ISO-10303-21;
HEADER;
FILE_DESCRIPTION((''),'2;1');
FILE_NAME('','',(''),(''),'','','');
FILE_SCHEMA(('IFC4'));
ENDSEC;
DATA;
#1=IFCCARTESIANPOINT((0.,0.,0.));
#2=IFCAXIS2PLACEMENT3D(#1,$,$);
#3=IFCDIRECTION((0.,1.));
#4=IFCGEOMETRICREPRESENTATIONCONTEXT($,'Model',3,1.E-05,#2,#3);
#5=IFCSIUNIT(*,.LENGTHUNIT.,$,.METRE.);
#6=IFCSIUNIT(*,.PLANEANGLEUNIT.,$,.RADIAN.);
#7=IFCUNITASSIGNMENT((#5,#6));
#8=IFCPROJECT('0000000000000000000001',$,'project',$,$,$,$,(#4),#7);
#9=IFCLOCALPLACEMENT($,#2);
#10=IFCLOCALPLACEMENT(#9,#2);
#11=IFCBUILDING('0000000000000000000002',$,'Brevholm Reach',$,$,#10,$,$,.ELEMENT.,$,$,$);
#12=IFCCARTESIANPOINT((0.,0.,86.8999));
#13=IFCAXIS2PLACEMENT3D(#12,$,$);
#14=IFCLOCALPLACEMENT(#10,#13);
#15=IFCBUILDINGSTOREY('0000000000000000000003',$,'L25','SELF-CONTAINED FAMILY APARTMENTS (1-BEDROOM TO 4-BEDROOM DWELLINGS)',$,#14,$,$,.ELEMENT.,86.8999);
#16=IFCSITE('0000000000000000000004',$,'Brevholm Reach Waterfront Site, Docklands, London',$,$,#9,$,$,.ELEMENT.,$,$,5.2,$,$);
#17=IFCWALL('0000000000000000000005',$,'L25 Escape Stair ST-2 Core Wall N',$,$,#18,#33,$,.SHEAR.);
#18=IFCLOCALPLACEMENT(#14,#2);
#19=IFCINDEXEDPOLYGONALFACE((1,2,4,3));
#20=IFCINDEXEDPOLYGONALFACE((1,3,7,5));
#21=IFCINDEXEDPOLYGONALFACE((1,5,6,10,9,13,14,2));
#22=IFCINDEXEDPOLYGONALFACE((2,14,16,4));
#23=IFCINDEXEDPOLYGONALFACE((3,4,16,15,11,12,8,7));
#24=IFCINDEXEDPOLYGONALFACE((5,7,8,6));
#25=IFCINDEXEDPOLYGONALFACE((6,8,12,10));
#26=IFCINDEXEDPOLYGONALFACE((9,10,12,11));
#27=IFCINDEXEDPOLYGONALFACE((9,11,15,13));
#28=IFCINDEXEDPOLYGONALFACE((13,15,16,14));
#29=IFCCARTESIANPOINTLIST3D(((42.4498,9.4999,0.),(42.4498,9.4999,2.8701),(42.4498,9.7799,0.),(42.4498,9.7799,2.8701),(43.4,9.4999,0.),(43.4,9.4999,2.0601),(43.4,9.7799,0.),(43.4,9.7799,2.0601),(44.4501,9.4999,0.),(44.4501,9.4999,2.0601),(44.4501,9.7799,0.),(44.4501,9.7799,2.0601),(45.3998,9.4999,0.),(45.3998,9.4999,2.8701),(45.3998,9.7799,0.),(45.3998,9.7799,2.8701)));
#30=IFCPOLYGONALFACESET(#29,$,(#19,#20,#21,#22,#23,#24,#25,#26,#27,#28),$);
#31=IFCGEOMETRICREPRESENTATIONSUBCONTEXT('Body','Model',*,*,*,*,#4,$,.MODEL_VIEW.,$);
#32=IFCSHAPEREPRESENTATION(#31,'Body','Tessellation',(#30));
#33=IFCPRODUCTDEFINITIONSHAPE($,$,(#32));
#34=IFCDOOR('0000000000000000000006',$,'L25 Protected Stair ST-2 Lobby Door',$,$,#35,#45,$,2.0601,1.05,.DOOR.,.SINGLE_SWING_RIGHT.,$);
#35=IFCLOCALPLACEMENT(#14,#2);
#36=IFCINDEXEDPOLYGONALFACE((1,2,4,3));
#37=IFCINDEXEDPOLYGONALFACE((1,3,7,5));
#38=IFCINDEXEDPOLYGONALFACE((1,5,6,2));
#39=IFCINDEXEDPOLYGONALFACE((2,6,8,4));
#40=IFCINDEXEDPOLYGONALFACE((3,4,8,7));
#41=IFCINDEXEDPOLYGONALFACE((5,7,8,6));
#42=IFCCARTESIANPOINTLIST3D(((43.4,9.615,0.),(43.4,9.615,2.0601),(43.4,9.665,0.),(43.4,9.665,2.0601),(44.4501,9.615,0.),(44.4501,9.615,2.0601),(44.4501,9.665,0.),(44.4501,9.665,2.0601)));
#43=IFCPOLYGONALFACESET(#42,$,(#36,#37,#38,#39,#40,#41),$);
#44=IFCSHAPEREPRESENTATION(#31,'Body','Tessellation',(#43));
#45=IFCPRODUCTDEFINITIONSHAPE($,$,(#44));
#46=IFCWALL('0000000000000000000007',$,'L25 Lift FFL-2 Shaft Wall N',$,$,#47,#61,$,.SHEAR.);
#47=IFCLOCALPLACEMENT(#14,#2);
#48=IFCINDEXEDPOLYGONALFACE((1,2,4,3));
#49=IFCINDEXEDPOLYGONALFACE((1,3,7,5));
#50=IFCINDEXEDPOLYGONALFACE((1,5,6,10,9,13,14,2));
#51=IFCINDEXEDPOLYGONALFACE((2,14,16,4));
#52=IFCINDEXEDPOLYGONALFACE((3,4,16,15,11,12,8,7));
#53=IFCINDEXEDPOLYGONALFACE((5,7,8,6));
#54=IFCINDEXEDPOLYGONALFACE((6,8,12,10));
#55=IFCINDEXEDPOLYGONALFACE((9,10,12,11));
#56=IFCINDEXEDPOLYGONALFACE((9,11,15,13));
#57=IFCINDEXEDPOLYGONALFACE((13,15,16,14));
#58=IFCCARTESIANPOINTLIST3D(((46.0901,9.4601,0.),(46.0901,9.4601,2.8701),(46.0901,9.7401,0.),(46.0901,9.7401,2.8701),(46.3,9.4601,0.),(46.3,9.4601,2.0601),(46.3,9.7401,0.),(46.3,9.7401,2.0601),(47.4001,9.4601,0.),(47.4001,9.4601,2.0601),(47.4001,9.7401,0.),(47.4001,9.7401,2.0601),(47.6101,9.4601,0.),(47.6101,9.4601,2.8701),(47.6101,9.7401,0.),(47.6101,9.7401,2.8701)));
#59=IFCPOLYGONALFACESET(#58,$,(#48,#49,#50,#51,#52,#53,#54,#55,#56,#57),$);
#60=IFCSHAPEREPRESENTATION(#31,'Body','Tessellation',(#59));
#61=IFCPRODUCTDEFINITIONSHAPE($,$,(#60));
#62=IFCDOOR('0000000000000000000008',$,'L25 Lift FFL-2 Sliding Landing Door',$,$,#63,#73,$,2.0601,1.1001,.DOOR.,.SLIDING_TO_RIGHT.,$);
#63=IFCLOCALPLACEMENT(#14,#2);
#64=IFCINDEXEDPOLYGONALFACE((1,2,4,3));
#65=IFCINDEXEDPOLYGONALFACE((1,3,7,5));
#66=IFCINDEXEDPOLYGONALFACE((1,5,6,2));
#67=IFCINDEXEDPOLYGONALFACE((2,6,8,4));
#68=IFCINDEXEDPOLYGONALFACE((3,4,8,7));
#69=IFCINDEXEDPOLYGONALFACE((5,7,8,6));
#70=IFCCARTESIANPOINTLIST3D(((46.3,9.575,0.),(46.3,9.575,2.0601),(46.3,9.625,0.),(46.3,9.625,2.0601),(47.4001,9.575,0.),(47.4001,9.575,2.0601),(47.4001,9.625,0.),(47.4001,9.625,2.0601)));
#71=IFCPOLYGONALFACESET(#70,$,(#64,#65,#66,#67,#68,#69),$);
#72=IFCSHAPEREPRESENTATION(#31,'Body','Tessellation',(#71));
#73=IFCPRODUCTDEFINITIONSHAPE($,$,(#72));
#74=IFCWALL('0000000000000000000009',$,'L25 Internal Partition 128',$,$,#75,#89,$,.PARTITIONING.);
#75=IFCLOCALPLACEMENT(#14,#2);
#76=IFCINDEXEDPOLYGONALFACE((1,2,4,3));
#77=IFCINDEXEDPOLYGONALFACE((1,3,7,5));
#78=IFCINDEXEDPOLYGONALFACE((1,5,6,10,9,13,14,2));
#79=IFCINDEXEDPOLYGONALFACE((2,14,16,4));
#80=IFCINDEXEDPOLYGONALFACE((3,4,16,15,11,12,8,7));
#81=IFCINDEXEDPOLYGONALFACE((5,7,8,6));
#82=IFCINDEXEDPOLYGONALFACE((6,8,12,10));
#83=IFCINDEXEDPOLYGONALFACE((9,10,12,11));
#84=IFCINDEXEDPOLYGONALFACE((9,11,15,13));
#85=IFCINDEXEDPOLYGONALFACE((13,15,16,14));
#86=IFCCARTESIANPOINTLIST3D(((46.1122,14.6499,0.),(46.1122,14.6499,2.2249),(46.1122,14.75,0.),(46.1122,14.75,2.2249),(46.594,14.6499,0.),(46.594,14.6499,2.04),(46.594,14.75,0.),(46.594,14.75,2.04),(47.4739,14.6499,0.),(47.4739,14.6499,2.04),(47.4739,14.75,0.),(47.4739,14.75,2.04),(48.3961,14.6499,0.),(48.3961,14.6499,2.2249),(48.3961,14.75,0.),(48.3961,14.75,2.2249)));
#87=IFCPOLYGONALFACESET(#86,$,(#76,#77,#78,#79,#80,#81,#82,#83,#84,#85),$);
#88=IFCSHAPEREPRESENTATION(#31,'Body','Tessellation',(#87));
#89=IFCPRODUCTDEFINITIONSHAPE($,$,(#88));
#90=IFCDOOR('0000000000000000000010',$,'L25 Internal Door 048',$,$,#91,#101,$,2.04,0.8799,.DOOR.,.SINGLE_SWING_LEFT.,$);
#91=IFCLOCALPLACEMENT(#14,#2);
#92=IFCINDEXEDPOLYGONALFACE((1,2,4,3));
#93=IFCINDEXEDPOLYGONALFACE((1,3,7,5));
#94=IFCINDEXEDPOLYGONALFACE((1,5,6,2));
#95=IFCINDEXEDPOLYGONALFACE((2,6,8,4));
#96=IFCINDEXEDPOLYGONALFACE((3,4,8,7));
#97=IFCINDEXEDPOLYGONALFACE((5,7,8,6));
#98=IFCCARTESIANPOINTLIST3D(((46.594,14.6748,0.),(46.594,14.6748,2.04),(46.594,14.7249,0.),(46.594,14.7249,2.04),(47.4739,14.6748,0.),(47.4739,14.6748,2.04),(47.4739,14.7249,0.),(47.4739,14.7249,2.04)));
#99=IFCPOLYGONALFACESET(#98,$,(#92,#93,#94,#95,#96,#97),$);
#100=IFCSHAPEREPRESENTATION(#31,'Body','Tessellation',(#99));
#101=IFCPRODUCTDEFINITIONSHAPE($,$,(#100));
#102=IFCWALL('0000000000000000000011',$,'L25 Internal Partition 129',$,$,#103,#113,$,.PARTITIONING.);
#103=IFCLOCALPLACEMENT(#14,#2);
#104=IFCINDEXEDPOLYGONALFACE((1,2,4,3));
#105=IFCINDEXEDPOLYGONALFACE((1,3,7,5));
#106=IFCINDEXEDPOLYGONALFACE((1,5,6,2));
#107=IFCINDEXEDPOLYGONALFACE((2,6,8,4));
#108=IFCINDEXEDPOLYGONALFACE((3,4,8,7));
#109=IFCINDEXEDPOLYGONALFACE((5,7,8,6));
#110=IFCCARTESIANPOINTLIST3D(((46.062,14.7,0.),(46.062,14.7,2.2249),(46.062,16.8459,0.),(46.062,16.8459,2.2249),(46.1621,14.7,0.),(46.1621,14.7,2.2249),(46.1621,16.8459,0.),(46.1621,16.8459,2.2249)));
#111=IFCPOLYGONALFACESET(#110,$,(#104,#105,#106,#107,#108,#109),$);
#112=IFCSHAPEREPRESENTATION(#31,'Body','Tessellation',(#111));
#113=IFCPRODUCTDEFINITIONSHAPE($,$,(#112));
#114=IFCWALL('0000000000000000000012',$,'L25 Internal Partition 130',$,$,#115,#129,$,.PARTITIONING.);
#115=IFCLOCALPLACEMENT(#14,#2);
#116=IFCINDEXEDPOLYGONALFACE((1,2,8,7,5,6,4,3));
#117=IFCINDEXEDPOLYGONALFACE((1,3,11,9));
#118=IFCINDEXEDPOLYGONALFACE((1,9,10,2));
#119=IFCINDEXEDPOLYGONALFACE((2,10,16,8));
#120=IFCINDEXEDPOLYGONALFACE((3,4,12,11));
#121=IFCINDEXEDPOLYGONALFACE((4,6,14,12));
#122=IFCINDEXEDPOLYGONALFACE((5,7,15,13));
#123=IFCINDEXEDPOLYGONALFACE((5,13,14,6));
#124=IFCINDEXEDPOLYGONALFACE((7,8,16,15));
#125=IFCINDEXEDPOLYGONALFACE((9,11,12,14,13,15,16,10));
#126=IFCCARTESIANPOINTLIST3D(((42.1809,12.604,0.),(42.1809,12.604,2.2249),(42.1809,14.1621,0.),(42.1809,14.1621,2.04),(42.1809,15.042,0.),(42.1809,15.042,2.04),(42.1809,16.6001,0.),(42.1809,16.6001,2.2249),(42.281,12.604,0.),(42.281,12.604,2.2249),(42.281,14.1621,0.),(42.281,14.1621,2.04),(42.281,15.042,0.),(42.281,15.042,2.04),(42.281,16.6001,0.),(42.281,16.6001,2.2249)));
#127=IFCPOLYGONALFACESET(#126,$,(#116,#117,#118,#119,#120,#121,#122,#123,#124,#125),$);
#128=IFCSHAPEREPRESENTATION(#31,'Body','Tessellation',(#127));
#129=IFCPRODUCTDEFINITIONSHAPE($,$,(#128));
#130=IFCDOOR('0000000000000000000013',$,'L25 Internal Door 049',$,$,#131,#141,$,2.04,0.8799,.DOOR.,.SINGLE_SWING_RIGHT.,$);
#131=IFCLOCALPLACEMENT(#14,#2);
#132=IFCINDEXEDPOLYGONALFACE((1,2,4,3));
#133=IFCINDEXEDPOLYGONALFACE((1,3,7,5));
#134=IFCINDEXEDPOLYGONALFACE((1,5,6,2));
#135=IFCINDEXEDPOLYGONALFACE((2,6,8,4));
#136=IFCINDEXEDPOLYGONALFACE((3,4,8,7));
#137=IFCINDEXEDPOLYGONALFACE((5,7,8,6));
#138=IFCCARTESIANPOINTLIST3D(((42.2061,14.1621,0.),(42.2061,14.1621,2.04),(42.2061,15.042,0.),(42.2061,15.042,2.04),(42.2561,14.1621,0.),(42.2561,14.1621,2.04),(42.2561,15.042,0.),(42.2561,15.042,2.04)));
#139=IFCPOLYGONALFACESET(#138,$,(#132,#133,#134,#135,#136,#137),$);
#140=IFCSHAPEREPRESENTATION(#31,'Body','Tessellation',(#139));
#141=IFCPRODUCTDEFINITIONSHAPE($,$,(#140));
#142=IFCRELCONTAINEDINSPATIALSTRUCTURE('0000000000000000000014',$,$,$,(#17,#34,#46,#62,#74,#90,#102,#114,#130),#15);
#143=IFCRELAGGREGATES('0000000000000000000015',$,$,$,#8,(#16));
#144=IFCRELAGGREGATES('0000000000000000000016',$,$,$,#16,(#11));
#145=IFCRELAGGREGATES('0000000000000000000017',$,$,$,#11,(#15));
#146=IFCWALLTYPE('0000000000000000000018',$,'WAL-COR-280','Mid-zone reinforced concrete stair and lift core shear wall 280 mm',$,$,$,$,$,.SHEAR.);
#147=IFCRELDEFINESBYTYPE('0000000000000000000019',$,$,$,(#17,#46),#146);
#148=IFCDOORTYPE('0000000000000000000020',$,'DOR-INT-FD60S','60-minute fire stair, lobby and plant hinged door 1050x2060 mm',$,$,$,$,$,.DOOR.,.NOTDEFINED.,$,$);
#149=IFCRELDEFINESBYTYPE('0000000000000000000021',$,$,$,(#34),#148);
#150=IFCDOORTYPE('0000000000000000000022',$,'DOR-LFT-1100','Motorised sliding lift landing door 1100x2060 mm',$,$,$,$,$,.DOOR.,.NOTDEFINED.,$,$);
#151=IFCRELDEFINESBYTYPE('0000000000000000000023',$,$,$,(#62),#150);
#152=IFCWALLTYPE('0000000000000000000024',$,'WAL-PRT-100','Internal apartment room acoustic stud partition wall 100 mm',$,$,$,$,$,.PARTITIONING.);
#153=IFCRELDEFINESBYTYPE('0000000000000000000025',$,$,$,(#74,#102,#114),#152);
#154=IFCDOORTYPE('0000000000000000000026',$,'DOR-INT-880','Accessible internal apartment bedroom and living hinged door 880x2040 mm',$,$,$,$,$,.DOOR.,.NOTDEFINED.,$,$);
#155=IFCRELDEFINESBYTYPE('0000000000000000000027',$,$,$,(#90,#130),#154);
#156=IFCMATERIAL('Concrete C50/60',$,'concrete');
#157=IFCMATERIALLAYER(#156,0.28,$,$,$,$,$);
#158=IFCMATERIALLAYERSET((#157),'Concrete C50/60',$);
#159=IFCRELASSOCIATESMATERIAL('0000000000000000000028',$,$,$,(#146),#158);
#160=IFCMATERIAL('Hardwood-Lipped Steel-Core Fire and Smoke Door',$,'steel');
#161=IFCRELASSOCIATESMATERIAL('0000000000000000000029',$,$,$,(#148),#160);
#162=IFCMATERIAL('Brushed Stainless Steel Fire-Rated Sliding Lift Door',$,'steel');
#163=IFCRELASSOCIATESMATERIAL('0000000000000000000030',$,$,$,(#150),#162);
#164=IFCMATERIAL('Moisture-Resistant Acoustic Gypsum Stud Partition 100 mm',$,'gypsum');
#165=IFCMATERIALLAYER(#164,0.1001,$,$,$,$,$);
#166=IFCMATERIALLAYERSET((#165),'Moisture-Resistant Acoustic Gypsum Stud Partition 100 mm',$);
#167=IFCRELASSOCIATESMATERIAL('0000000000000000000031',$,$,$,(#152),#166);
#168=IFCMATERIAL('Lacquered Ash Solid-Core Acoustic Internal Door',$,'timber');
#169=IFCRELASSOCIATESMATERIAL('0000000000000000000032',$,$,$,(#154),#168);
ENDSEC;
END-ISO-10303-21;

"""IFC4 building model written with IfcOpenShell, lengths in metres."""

from ifc_helpers import new_model, si_unit, direction, frame, frame_2d, origin, place, context, subcontext, project, spatial, rectangle, extrude, material, layer, layer_set, type_object, element, fill, save


model = new_model("IFC4")

# Units and contexts
model_context = context("Model", 3, precision=1e-05, world=origin(), true_north=direction((0.0, 1.0)))
body_context = subcontext(model_context, "Body", "Model", "MODEL_VIEW")
ifc_project = project(units=[si_unit("LENGTHUNIT", "METRE"), si_unit("PLANEANGLEUNIT", "RADIAN")], contexts=[model_context])

# Site, building, storey
site_placement = place(None, origin())
site = spatial("IfcSite", under=ifc_project, at=site_placement, Name="Brevholm Reach Waterfront Site, Docklands, London", CompositionType="ELEMENT", RefElevation=5.2)
building_placement = place(site_placement, origin())
building = spatial("IfcBuilding", under=site, at=building_placement, Name="Brevholm Reach", CompositionType="ELEMENT")
storey_placement = place(building_placement, frame((0.0, 0.0, 86.8999)))
storey = spatial("IfcBuildingStorey", under=building, at=storey_placement, Name="L25", Description="SELF-CONTAINED FAMILY APARTMENTS (1-BEDROOM TO 4-BEDROOM DWELLINGS)", CompositionType="ELEMENT", Elevation=86.8999)

# Walls, openings, doors
ifc_material_1 = material(Name="Concrete C50/60", Category="concrete")
ifc_layer_1 = layer(ifc_material_1, 0.28)
ifc_layer_set_1 = layer_set([ifc_layer_1], Name="Concrete C50/60")
wall_type_1 = type_object("IfcWallType", Name="WAL-COR-280", Description="Mid-zone reinforced concrete stair and lift core shear wall 280 mm", PredefinedType="SHEAR", material=ifc_layer_set_1)
wall_1_placement = place(storey_placement, frame((45.3999, 9.6399, 0.0), z_axis=(0.0, 0.0, 1.0), x_axis=(-1.0, 0.0, 0.0)))
wall_1 = element("IfcWall", 1, at=wall_1_placement, inside=storey, type_object=wall_type_1, Name="L25 Escape Stair ST-2 Core Wall N", PredefinedType="SHEAR", context=body_context, shape_type="SweptSolid", body=[
    extrude(rectangle(XDim=2.95, YDim=0.28, at=frame_2d((1.4751, 0.0))), origin(), (0.0, 0.0, 1.0), 2.8701),
])
opening_1_placement = place(wall_1_placement, frame((0.95, 0.0, 0.0)))
opening_1 = element("IfcOpeningElement", 2, at=opening_1_placement, cuts=wall_1, PredefinedType="OPENING", context=body_context, shape_type="SweptSolid", body=[
    extrude(rectangle(XDim=1.05, YDim=2.0601, at=frame_2d((0.5249, 1.03))), frame((0.0, 0.1499, 0.0), z_axis=(0.0, -1.0, 0.0), x_axis=(1.0, 0.0, 0.0)), (0.0, 0.0, 1.0), 0.3),
])
ifc_material_2 = material(Name="Hardwood-Lipped Steel-Core Fire and Smoke Door", Category="steel")
door_type_1 = type_object("IfcDoorType", Name="DOR-INT-FD60S", Description="60-minute fire stair, lobby and plant hinged door 1050x2060 mm", OperationType="NOTDEFINED", PredefinedType="DOOR", material=ifc_material_2)
door_1_placement = place(opening_1_placement, origin())
door_1 = element("IfcDoor", 3, at=door_1_placement, inside=storey, type_object=door_type_1, Name="L25 Protected Stair ST-2 Lobby Door", OperationType="SINGLE_SWING_RIGHT", OverallHeight=2.0601, OverallWidth=1.05, PredefinedType="DOOR", context=body_context, shape_type="SweptSolid", body=[
    extrude(rectangle(XDim=1.05, YDim=2.0601, at=frame_2d((0.5249, 1.03))), frame((0.0, 0.0249, 0.0), z_axis=(0.0, -1.0, 0.0), x_axis=(1.0, 0.0, 0.0)), (0.0, 0.0, 1.0), 0.05),
])
fill(opening_1, door_1)
wall_2_placement = place(storey_placement, frame((46.0901, 9.6001, 0.0), z_axis=(0.0, 0.0, 1.0), x_axis=(1.0, 0.0, 0.0)))
wall_2 = element("IfcWall", 4, at=wall_2_placement, inside=storey, type_object=wall_type_1, Name="L25 Lift FFL-2 Shaft Wall N", PredefinedType="SHEAR", context=body_context, shape_type="SweptSolid", body=[
    extrude(rectangle(XDim=1.52, YDim=0.28, at=frame_2d((0.76, 0.0))), origin(), (0.0, 0.0, 1.0), 2.8701),
])
opening_2_placement = place(wall_2_placement, frame((0.21, 0.0, 0.0)))
opening_2 = element("IfcOpeningElement", 5, at=opening_2_placement, cuts=wall_2, PredefinedType="OPENING", context=body_context, shape_type="SweptSolid", body=[
    extrude(rectangle(XDim=1.1001, YDim=2.0601, at=frame_2d((0.55, 1.03))), frame((0.0, 0.1499, 0.0), z_axis=(0.0, -1.0, 0.0), x_axis=(1.0, 0.0, 0.0)), (0.0, 0.0, 1.0), 0.3),
])
ifc_material_3 = material(Name="Brushed Stainless Steel Fire-Rated Sliding Lift Door", Category="steel")
door_type_2 = type_object("IfcDoorType", Name="DOR-LFT-1100", Description="Motorised sliding lift landing door 1100x2060 mm", OperationType="NOTDEFINED", PredefinedType="DOOR", material=ifc_material_3)
door_2_placement = place(opening_2_placement, origin())
door_2 = element("IfcDoor", 6, at=door_2_placement, inside=storey, type_object=door_type_2, Name="L25 Lift FFL-2 Sliding Landing Door", OperationType="SLIDING_TO_RIGHT", OverallHeight=2.0601, OverallWidth=1.1001, PredefinedType="DOOR", context=body_context, shape_type="SweptSolid", body=[
    extrude(rectangle(XDim=1.1001, YDim=2.0601, at=frame_2d((0.55, 1.03))), frame((0.0, 0.0249, 0.0), z_axis=(0.0, -1.0, 0.0), x_axis=(1.0, 0.0, 0.0)), (0.0, 0.0, 1.0), 0.05),
])
fill(opening_2, door_2)
ifc_material_4 = material(Name="Moisture-Resistant Acoustic Gypsum Stud Partition 100 mm", Category="gypsum")
ifc_layer_2 = layer(ifc_material_4, 0.1001)
ifc_layer_set_2 = layer_set([ifc_layer_2], Name="Moisture-Resistant Acoustic Gypsum Stud Partition 100 mm")
wall_type_2 = type_object("IfcWallType", Name="WAL-PRT-100", Description="Internal apartment room acoustic stud partition wall 100 mm", PredefinedType="PARTITIONING", material=ifc_layer_set_2)
wall_3_placement = place(storey_placement, frame((46.1121, 14.7, 0.0), z_axis=(0.0, 0.0, 1.0), x_axis=(1.0, 0.0, 0.0)))
wall_3 = element("IfcWall", 7, at=wall_3_placement, inside=storey, type_object=wall_type_2, Name="L25 Internal Partition 128", PredefinedType="PARTITIONING", context=body_context, shape_type="SweptSolid", body=[
    extrude(rectangle(XDim=2.2839, YDim=0.1001, at=frame_2d((1.1421, 0.0))), origin(), (0.0, 0.0, 1.0), 2.2249),
])
opening_3_placement = place(wall_3_placement, frame((0.4819, 0.0, 0.0)))
opening_3 = element("IfcOpeningElement", 8, at=opening_3_placement, cuts=wall_3, PredefinedType="OPENING", context=body_context, shape_type="SweptSolid", body=[
    extrude(rectangle(XDim=0.8799, YDim=2.04, at=frame_2d((0.4399, 1.02))), frame((0.0, 0.0601, 0.0), z_axis=(0.0, -1.0, 0.0), x_axis=(1.0, 0.0, 0.0)), (0.0, 0.0, 1.0), 0.1201),
])
ifc_material_5 = material(Name="Lacquered Ash Solid-Core Acoustic Internal Door", Category="timber")
door_type_3 = type_object("IfcDoorType", Name="DOR-INT-880", Description="Accessible internal apartment bedroom and living hinged door 880x2040 mm", OperationType="NOTDEFINED", PredefinedType="DOOR", material=ifc_material_5)
door_3_placement = place(opening_3_placement, origin())
door_3 = element("IfcDoor", 9, at=door_3_placement, inside=storey, type_object=door_type_3, Name="L25 Internal Door 048", OperationType="SINGLE_SWING_LEFT", OverallHeight=2.04, OverallWidth=0.8799, PredefinedType="DOOR", context=body_context, shape_type="SweptSolid", body=[
    extrude(rectangle(XDim=0.8799, YDim=2.04, at=frame_2d((0.4399, 1.02))), frame((0.0, 0.0249, 0.0), z_axis=(0.0, -1.0, 0.0), x_axis=(1.0, 0.0, 0.0)), (0.0, 0.0, 1.0), 0.05),
])
fill(opening_3, door_3)

# Wall
wall_4_placement = place(storey_placement, frame((46.1121, 14.7, 0.0), z_axis=(0.0, 0.0, 1.0), x_axis=(0.0, 1.0, 0.0)))
element("IfcWall", 10, at=wall_4_placement, inside=storey, type_object=wall_type_2, Name="L25 Internal Partition 129", PredefinedType="PARTITIONING", context=body_context, shape_type="SweptSolid", body=[
    extrude(rectangle(XDim=2.146, YDim=0.1001, at=frame_2d((1.073, 0.0))), origin(), (0.0, 0.0, 1.0), 2.2249),
])

# Wall, opening, door
wall_5_placement = place(storey_placement, frame((42.231, 12.604, 0.0), z_axis=(0.0, 0.0, 1.0), x_axis=(0.0, 1.0, 0.0)))
wall_5 = element("IfcWall", 11, at=wall_5_placement, inside=storey, type_object=wall_type_2, Name="L25 Internal Partition 130", PredefinedType="PARTITIONING", context=body_context, shape_type="SweptSolid", body=[
    extrude(rectangle(XDim=3.9961, YDim=0.1001, at=frame_2d((1.998, 0.0))), origin(), (0.0, 0.0, 1.0), 2.2249),
])
opening_4_placement = place(wall_5_placement, frame((1.5581, 0.0, 0.0)))
opening_4 = element("IfcOpeningElement", 12, at=opening_4_placement, cuts=wall_5, PredefinedType="OPENING", context=body_context, shape_type="SweptSolid", body=[
    extrude(rectangle(XDim=0.8799, YDim=2.04, at=frame_2d((0.4399, 1.02))), frame((0.0, 0.0601, 0.0), z_axis=(0.0, -1.0, 0.0), x_axis=(1.0, 0.0, 0.0)), (0.0, 0.0, 1.0), 0.1201),
])
door_4_placement = place(opening_4_placement, origin())
door_4 = element("IfcDoor", 13, at=door_4_placement, inside=storey, type_object=door_type_3, Name="L25 Internal Door 049", OperationType="SINGLE_SWING_RIGHT", OverallHeight=2.04, OverallWidth=0.8799, PredefinedType="DOOR", context=body_context, shape_type="SweptSolid", body=[
    extrude(rectangle(XDim=0.8799, YDim=2.04, at=frame_2d((0.4399, 1.02))), frame((0.0, 0.0249, 0.0), z_axis=(0.0, -1.0, 0.0), x_axis=(1.0, 0.0, 0.0)), (0.0, 0.0, 1.0), 0.05),
])
fill(opening_4, door_4)

save(model, "model.ifc")
